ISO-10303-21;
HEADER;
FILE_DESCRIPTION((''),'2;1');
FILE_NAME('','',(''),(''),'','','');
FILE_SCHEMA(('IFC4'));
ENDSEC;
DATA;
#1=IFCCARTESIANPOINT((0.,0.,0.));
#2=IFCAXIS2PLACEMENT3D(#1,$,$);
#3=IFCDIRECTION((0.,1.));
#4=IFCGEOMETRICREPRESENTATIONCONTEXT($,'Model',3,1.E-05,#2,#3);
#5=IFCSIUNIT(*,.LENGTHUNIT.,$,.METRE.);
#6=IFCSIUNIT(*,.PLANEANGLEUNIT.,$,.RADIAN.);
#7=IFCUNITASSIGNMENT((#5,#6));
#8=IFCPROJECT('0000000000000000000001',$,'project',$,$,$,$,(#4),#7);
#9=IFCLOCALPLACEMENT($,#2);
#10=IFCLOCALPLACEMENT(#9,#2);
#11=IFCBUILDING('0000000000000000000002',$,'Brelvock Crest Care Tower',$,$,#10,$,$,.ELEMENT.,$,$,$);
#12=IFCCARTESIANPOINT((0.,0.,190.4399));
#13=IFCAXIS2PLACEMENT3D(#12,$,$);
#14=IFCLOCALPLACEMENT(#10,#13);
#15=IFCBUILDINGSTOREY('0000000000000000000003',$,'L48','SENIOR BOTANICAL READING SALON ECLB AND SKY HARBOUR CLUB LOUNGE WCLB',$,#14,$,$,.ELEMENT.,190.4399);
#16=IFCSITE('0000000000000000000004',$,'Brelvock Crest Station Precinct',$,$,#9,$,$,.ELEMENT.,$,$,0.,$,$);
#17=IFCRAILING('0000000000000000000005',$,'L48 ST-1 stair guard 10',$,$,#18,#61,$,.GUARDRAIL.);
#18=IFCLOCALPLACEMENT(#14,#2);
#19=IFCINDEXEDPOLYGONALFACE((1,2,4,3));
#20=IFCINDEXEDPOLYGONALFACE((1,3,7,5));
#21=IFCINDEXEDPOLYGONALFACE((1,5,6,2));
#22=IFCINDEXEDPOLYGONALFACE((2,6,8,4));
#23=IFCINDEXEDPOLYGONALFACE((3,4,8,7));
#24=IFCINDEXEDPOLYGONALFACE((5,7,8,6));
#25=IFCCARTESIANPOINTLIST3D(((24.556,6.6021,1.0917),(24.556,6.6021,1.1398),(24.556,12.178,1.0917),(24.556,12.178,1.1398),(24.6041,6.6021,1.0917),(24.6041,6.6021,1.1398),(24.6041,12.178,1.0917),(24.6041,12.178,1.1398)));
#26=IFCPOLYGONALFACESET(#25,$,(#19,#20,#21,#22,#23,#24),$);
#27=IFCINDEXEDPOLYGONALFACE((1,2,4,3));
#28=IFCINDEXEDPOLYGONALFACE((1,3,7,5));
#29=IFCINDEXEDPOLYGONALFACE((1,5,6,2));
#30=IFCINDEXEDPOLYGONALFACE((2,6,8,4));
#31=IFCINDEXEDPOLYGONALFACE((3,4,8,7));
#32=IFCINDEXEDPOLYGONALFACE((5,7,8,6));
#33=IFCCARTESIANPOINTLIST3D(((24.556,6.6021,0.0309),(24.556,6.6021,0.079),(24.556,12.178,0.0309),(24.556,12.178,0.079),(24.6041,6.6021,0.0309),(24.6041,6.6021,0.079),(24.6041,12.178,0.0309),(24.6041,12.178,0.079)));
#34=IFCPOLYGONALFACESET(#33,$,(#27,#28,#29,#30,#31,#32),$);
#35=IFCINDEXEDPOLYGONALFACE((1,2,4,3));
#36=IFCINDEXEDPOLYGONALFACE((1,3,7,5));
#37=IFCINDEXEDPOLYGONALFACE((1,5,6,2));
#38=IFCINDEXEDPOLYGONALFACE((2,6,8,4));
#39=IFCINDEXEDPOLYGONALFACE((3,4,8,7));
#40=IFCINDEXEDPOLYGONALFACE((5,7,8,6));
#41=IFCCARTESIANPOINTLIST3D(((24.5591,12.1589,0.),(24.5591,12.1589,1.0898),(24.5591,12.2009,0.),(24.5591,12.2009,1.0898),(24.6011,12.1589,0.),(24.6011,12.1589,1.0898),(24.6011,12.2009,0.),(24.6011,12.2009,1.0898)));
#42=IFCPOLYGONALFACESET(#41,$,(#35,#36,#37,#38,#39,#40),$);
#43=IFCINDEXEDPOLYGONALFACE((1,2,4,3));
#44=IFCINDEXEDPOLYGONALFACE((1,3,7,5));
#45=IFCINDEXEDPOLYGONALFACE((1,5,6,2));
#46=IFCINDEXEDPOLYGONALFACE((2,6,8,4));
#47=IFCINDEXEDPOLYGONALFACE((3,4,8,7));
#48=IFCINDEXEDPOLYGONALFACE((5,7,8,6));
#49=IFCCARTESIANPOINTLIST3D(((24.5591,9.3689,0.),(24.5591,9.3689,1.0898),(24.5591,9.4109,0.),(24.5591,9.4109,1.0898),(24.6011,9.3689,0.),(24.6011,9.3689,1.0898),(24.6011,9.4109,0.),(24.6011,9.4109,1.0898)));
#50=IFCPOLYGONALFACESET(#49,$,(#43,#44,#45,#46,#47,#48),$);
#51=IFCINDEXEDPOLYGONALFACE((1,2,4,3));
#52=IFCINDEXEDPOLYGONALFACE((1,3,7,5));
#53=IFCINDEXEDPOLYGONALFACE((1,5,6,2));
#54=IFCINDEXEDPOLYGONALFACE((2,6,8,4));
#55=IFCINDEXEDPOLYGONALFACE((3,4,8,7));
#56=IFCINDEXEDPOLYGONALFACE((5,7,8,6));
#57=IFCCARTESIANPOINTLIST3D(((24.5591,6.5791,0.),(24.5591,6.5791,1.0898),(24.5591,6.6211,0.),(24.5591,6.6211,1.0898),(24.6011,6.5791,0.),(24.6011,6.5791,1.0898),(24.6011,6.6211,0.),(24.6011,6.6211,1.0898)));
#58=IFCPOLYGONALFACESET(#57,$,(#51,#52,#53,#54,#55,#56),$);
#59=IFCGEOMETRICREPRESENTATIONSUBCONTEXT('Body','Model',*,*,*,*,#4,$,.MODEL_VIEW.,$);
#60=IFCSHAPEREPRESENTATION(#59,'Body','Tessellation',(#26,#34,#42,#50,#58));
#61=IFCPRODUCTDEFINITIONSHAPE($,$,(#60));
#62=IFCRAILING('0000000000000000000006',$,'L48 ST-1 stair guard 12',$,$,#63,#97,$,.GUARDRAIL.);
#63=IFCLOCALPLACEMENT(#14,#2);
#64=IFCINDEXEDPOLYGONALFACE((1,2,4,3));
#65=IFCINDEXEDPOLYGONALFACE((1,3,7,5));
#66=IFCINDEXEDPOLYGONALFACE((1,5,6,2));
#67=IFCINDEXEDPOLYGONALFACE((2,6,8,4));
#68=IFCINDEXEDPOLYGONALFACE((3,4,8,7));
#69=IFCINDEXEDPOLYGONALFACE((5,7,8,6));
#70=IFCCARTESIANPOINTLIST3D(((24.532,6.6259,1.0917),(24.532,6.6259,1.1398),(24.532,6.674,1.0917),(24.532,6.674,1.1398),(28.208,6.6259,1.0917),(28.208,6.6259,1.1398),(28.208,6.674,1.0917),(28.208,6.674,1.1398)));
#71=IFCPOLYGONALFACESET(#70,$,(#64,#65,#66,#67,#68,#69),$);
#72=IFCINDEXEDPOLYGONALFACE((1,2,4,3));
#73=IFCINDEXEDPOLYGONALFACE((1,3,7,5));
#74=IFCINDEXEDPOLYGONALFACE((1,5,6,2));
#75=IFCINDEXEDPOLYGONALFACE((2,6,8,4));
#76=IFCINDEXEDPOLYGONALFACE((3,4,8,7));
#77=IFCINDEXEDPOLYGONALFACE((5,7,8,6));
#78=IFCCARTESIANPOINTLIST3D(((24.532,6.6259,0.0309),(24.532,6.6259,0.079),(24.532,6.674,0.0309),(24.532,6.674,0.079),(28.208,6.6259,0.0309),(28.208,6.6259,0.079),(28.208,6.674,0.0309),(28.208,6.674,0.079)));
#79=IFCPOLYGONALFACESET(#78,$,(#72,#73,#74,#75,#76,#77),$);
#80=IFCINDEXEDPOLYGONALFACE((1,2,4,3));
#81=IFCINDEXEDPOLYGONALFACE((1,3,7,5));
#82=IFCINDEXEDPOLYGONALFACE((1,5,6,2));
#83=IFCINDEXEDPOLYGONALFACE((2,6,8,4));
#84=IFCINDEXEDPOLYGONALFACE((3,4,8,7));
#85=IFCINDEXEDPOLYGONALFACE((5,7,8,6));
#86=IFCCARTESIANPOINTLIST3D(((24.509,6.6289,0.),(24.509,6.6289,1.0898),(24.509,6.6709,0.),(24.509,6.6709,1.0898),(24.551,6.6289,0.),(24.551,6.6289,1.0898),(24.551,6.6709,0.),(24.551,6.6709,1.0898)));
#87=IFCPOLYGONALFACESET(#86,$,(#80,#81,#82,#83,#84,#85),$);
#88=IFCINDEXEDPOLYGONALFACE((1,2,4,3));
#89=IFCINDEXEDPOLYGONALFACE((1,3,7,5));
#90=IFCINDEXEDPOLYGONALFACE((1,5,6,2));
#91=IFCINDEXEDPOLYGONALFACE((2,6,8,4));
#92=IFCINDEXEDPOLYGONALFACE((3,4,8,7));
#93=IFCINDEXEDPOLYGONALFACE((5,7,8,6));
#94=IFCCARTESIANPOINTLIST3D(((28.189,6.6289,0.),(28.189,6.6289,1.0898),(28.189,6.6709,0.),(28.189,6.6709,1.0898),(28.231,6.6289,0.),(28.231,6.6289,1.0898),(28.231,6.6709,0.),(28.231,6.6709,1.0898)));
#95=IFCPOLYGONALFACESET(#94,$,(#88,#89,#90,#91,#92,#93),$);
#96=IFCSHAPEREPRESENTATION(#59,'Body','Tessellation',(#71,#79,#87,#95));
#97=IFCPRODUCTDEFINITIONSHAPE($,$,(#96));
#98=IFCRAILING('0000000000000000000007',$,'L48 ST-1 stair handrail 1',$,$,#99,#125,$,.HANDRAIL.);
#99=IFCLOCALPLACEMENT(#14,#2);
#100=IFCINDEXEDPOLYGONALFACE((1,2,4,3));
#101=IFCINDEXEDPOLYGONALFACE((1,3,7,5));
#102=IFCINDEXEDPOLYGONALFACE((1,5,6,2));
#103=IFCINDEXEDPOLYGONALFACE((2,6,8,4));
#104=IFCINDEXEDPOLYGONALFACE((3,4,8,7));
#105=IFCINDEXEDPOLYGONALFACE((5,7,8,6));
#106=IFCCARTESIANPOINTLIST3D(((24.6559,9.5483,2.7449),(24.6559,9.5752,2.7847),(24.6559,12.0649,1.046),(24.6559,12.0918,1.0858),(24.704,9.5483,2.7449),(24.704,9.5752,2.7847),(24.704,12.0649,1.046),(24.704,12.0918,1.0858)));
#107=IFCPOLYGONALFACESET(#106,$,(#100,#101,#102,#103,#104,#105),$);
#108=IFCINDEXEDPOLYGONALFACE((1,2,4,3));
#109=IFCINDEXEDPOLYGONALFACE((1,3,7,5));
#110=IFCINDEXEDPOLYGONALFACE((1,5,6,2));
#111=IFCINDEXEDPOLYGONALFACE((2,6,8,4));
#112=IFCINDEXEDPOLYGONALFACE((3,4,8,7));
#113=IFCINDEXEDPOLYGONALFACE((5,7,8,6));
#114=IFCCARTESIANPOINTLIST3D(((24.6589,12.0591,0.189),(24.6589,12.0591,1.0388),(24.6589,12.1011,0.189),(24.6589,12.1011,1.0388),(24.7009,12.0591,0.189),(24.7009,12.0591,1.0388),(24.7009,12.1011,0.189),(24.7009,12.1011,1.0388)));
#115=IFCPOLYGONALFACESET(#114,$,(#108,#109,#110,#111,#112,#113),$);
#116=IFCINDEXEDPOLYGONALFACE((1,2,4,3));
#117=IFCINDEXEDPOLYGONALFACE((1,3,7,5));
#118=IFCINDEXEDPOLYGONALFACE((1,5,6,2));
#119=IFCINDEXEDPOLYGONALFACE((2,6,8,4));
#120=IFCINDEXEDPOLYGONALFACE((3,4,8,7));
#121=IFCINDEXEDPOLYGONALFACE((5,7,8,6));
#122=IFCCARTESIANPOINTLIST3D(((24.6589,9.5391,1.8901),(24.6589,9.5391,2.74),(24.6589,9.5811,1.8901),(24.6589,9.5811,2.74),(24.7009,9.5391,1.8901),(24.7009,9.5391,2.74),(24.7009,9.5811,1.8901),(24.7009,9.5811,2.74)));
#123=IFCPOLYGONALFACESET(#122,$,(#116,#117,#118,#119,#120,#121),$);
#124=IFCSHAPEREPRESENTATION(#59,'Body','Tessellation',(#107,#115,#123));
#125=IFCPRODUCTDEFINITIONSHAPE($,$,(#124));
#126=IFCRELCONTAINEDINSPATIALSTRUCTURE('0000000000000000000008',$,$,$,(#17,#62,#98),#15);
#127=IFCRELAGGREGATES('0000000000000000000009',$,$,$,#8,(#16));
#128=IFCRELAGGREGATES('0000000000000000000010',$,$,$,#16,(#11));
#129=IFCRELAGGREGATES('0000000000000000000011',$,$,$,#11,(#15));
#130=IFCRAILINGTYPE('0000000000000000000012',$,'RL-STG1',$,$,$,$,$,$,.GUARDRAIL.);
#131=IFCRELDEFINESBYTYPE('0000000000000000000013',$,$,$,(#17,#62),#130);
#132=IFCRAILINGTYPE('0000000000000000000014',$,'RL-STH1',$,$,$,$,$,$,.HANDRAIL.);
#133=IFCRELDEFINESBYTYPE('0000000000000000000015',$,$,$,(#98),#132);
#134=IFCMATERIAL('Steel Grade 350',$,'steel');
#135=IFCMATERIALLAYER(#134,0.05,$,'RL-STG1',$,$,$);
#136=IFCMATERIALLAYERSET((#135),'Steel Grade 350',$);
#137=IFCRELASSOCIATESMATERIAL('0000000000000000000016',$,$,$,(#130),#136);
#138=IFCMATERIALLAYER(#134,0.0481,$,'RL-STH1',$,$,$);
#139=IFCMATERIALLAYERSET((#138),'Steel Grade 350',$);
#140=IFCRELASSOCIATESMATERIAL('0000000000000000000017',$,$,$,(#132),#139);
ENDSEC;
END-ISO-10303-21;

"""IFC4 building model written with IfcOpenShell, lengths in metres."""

from ifc_helpers import new_model, si_unit, direction, frame, origin, origin_2d, place, context, subcontext, project, spatial, rectangle, extrude, material, layer, layer_set, type_object, element, save


model = new_model("IFC4")

# Units and contexts
model_context = context("Model", 3, precision=1e-05, world=origin(), true_north=direction((0.0, 1.0)))
body_context = subcontext(model_context, "Body", "Model", "MODEL_VIEW")
ifc_project = project(units=[si_unit("LENGTHUNIT", "METRE"), si_unit("PLANEANGLEUNIT", "RADIAN")], contexts=[model_context])

# Site, building, storey
site_placement = place(None, origin())
site = spatial("IfcSite", under=ifc_project, at=site_placement, Name="Brelvock Crest Station Precinct", CompositionType="ELEMENT", RefElevation=0.0)
building_placement = place(site_placement, origin())
building = spatial("IfcBuilding", under=site, at=building_placement, Name="Brelvock Crest Care Tower", CompositionType="ELEMENT")
storey_placement = place(building_placement, frame((0.0, 0.0, 190.4399)))
storey = spatial("IfcBuildingStorey", under=building, at=storey_placement, Name="L48", Description="SENIOR BOTANICAL READING SALON ECLB AND SKY HARBOUR CLUB LOUNGE WCLB", CompositionType="ELEMENT", Elevation=190.4399)

# Shared definitions
ifc_material_1 = material(Name="Steel Grade 350", Category="steel")

# Railings
ifc_layer_1 = layer(ifc_material_1, 0.05, Name="RL-STG1")
ifc_layer_set_1 = layer_set([ifc_layer_1], Name="Steel Grade 350")
railing_type_1 = type_object("IfcRailingType", Name="RL-STG1", PredefinedType="GUARDRAIL", material=ifc_layer_set_1)
railing_1_placement = place(storey_placement, frame((24.5801, 12.1799, 0.0)))
element("IfcRailing", 1, at=railing_1_placement, inside=storey, type_object=railing_type_1, Name="L48 ST-1 stair guard 10", PredefinedType="GUARDRAIL", context=body_context, shape_type="SweptSolid", body=[
    extrude(rectangle(XDim=0.0481, YDim=0.0481, at=origin_2d()), frame((0.0, -0.002, 1.1157), z_axis=(0.0, -1.0, 0.0), x_axis=(1.0, 0.0, 0.0)), (0.0, 0.0, 1.0), 5.5759),
    extrude(rectangle(XDim=0.0481, YDim=0.0481, at=origin_2d()), frame((0.0, -0.002, 0.0549), z_axis=(0.0, -1.0, 0.0), x_axis=(1.0, 0.0, 0.0)), (0.0, 0.0, 1.0), 5.5759),
    extrude(rectangle(XDim=0.042, YDim=0.042, at=origin_2d()), origin(), (0.0, 0.0, 1.0), 1.0898),
    extrude(rectangle(XDim=0.042, YDim=0.042, at=origin_2d()), frame((0.0, -2.79, 0.0)), (0.0, 0.0, 1.0), 1.0898),
    extrude(rectangle(XDim=0.042, YDim=0.042, at=origin_2d()), frame((0.0, -5.5798, 0.0)), (0.0, 0.0, 1.0), 1.0898),
])
railing_2_placement = place(storey_placement, frame((24.53, 6.6499, 0.0)))
element("IfcRailing", 2, at=railing_2_placement, inside=storey, type_object=railing_type_1, Name="L48 ST-1 stair guard 12", PredefinedType="GUARDRAIL", context=body_context, shape_type="SweptSolid", body=[
    extrude(rectangle(XDim=0.0481, YDim=0.0481, at=origin_2d()), frame((0.002, 0.0, 1.1157), z_axis=(1.0, 0.0, 0.0), x_axis=(0.0, 1.0, 0.0)), (0.0, 0.0, 1.0), 3.676),
    extrude(rectangle(XDim=0.0481, YDim=0.0481, at=origin_2d()), frame((0.002, 0.0, 0.0549), z_axis=(1.0, 0.0, 0.0), x_axis=(0.0, 1.0, 0.0)), (0.0, 0.0, 1.0), 3.676),
    extrude(rectangle(XDim=0.042, YDim=0.042, at=origin_2d()), origin(), (0.0, 0.0, 1.0), 1.0898),
    extrude(rectangle(XDim=0.042, YDim=0.042, at=origin_2d()), frame((3.6799, 0.0, 0.0)), (0.0, 0.0, 1.0), 1.0898),
])
ifc_layer_2 = layer(ifc_material_1, 0.0481, Name="RL-STH1")
ifc_layer_set_2 = layer_set([ifc_layer_2], Name="Steel Grade 350")
railing_type_2 = type_object("IfcRailingType", Name="RL-STH1", PredefinedType="HANDRAIL", material=ifc_layer_set_2)
railing_3_placement = place(storey_placement, frame((24.6799, 12.0801, 0.189)))
element("IfcRailing", 3, at=railing_3_placement, inside=storey, type_object=railing_type_2, Name="L48 ST-1 stair handrail 1", PredefinedType="HANDRAIL", context=body_context, shape_type="SweptSolid", body=[
    extrude(rectangle(XDim=0.0481, YDim=0.0481, at=origin_2d()), frame((0.0, -0.0017, 0.877), z_axis=(0.0, -0.828824, 0.559509), x_axis=(1.0, 0.0, 0.0)), (0.0, 0.0, 1.0), 3.0364),
    extrude(rectangle(XDim=0.042, YDim=0.042, at=origin_2d()), origin(), (0.0, 0.0, 1.0), 0.8499),
    extrude(rectangle(XDim=0.042, YDim=0.042, at=origin_2d()), frame((0.0, -2.52, 1.7012)), (0.0, 0.0, 1.0), 0.8499),
])

save(model, "model.ifc")
